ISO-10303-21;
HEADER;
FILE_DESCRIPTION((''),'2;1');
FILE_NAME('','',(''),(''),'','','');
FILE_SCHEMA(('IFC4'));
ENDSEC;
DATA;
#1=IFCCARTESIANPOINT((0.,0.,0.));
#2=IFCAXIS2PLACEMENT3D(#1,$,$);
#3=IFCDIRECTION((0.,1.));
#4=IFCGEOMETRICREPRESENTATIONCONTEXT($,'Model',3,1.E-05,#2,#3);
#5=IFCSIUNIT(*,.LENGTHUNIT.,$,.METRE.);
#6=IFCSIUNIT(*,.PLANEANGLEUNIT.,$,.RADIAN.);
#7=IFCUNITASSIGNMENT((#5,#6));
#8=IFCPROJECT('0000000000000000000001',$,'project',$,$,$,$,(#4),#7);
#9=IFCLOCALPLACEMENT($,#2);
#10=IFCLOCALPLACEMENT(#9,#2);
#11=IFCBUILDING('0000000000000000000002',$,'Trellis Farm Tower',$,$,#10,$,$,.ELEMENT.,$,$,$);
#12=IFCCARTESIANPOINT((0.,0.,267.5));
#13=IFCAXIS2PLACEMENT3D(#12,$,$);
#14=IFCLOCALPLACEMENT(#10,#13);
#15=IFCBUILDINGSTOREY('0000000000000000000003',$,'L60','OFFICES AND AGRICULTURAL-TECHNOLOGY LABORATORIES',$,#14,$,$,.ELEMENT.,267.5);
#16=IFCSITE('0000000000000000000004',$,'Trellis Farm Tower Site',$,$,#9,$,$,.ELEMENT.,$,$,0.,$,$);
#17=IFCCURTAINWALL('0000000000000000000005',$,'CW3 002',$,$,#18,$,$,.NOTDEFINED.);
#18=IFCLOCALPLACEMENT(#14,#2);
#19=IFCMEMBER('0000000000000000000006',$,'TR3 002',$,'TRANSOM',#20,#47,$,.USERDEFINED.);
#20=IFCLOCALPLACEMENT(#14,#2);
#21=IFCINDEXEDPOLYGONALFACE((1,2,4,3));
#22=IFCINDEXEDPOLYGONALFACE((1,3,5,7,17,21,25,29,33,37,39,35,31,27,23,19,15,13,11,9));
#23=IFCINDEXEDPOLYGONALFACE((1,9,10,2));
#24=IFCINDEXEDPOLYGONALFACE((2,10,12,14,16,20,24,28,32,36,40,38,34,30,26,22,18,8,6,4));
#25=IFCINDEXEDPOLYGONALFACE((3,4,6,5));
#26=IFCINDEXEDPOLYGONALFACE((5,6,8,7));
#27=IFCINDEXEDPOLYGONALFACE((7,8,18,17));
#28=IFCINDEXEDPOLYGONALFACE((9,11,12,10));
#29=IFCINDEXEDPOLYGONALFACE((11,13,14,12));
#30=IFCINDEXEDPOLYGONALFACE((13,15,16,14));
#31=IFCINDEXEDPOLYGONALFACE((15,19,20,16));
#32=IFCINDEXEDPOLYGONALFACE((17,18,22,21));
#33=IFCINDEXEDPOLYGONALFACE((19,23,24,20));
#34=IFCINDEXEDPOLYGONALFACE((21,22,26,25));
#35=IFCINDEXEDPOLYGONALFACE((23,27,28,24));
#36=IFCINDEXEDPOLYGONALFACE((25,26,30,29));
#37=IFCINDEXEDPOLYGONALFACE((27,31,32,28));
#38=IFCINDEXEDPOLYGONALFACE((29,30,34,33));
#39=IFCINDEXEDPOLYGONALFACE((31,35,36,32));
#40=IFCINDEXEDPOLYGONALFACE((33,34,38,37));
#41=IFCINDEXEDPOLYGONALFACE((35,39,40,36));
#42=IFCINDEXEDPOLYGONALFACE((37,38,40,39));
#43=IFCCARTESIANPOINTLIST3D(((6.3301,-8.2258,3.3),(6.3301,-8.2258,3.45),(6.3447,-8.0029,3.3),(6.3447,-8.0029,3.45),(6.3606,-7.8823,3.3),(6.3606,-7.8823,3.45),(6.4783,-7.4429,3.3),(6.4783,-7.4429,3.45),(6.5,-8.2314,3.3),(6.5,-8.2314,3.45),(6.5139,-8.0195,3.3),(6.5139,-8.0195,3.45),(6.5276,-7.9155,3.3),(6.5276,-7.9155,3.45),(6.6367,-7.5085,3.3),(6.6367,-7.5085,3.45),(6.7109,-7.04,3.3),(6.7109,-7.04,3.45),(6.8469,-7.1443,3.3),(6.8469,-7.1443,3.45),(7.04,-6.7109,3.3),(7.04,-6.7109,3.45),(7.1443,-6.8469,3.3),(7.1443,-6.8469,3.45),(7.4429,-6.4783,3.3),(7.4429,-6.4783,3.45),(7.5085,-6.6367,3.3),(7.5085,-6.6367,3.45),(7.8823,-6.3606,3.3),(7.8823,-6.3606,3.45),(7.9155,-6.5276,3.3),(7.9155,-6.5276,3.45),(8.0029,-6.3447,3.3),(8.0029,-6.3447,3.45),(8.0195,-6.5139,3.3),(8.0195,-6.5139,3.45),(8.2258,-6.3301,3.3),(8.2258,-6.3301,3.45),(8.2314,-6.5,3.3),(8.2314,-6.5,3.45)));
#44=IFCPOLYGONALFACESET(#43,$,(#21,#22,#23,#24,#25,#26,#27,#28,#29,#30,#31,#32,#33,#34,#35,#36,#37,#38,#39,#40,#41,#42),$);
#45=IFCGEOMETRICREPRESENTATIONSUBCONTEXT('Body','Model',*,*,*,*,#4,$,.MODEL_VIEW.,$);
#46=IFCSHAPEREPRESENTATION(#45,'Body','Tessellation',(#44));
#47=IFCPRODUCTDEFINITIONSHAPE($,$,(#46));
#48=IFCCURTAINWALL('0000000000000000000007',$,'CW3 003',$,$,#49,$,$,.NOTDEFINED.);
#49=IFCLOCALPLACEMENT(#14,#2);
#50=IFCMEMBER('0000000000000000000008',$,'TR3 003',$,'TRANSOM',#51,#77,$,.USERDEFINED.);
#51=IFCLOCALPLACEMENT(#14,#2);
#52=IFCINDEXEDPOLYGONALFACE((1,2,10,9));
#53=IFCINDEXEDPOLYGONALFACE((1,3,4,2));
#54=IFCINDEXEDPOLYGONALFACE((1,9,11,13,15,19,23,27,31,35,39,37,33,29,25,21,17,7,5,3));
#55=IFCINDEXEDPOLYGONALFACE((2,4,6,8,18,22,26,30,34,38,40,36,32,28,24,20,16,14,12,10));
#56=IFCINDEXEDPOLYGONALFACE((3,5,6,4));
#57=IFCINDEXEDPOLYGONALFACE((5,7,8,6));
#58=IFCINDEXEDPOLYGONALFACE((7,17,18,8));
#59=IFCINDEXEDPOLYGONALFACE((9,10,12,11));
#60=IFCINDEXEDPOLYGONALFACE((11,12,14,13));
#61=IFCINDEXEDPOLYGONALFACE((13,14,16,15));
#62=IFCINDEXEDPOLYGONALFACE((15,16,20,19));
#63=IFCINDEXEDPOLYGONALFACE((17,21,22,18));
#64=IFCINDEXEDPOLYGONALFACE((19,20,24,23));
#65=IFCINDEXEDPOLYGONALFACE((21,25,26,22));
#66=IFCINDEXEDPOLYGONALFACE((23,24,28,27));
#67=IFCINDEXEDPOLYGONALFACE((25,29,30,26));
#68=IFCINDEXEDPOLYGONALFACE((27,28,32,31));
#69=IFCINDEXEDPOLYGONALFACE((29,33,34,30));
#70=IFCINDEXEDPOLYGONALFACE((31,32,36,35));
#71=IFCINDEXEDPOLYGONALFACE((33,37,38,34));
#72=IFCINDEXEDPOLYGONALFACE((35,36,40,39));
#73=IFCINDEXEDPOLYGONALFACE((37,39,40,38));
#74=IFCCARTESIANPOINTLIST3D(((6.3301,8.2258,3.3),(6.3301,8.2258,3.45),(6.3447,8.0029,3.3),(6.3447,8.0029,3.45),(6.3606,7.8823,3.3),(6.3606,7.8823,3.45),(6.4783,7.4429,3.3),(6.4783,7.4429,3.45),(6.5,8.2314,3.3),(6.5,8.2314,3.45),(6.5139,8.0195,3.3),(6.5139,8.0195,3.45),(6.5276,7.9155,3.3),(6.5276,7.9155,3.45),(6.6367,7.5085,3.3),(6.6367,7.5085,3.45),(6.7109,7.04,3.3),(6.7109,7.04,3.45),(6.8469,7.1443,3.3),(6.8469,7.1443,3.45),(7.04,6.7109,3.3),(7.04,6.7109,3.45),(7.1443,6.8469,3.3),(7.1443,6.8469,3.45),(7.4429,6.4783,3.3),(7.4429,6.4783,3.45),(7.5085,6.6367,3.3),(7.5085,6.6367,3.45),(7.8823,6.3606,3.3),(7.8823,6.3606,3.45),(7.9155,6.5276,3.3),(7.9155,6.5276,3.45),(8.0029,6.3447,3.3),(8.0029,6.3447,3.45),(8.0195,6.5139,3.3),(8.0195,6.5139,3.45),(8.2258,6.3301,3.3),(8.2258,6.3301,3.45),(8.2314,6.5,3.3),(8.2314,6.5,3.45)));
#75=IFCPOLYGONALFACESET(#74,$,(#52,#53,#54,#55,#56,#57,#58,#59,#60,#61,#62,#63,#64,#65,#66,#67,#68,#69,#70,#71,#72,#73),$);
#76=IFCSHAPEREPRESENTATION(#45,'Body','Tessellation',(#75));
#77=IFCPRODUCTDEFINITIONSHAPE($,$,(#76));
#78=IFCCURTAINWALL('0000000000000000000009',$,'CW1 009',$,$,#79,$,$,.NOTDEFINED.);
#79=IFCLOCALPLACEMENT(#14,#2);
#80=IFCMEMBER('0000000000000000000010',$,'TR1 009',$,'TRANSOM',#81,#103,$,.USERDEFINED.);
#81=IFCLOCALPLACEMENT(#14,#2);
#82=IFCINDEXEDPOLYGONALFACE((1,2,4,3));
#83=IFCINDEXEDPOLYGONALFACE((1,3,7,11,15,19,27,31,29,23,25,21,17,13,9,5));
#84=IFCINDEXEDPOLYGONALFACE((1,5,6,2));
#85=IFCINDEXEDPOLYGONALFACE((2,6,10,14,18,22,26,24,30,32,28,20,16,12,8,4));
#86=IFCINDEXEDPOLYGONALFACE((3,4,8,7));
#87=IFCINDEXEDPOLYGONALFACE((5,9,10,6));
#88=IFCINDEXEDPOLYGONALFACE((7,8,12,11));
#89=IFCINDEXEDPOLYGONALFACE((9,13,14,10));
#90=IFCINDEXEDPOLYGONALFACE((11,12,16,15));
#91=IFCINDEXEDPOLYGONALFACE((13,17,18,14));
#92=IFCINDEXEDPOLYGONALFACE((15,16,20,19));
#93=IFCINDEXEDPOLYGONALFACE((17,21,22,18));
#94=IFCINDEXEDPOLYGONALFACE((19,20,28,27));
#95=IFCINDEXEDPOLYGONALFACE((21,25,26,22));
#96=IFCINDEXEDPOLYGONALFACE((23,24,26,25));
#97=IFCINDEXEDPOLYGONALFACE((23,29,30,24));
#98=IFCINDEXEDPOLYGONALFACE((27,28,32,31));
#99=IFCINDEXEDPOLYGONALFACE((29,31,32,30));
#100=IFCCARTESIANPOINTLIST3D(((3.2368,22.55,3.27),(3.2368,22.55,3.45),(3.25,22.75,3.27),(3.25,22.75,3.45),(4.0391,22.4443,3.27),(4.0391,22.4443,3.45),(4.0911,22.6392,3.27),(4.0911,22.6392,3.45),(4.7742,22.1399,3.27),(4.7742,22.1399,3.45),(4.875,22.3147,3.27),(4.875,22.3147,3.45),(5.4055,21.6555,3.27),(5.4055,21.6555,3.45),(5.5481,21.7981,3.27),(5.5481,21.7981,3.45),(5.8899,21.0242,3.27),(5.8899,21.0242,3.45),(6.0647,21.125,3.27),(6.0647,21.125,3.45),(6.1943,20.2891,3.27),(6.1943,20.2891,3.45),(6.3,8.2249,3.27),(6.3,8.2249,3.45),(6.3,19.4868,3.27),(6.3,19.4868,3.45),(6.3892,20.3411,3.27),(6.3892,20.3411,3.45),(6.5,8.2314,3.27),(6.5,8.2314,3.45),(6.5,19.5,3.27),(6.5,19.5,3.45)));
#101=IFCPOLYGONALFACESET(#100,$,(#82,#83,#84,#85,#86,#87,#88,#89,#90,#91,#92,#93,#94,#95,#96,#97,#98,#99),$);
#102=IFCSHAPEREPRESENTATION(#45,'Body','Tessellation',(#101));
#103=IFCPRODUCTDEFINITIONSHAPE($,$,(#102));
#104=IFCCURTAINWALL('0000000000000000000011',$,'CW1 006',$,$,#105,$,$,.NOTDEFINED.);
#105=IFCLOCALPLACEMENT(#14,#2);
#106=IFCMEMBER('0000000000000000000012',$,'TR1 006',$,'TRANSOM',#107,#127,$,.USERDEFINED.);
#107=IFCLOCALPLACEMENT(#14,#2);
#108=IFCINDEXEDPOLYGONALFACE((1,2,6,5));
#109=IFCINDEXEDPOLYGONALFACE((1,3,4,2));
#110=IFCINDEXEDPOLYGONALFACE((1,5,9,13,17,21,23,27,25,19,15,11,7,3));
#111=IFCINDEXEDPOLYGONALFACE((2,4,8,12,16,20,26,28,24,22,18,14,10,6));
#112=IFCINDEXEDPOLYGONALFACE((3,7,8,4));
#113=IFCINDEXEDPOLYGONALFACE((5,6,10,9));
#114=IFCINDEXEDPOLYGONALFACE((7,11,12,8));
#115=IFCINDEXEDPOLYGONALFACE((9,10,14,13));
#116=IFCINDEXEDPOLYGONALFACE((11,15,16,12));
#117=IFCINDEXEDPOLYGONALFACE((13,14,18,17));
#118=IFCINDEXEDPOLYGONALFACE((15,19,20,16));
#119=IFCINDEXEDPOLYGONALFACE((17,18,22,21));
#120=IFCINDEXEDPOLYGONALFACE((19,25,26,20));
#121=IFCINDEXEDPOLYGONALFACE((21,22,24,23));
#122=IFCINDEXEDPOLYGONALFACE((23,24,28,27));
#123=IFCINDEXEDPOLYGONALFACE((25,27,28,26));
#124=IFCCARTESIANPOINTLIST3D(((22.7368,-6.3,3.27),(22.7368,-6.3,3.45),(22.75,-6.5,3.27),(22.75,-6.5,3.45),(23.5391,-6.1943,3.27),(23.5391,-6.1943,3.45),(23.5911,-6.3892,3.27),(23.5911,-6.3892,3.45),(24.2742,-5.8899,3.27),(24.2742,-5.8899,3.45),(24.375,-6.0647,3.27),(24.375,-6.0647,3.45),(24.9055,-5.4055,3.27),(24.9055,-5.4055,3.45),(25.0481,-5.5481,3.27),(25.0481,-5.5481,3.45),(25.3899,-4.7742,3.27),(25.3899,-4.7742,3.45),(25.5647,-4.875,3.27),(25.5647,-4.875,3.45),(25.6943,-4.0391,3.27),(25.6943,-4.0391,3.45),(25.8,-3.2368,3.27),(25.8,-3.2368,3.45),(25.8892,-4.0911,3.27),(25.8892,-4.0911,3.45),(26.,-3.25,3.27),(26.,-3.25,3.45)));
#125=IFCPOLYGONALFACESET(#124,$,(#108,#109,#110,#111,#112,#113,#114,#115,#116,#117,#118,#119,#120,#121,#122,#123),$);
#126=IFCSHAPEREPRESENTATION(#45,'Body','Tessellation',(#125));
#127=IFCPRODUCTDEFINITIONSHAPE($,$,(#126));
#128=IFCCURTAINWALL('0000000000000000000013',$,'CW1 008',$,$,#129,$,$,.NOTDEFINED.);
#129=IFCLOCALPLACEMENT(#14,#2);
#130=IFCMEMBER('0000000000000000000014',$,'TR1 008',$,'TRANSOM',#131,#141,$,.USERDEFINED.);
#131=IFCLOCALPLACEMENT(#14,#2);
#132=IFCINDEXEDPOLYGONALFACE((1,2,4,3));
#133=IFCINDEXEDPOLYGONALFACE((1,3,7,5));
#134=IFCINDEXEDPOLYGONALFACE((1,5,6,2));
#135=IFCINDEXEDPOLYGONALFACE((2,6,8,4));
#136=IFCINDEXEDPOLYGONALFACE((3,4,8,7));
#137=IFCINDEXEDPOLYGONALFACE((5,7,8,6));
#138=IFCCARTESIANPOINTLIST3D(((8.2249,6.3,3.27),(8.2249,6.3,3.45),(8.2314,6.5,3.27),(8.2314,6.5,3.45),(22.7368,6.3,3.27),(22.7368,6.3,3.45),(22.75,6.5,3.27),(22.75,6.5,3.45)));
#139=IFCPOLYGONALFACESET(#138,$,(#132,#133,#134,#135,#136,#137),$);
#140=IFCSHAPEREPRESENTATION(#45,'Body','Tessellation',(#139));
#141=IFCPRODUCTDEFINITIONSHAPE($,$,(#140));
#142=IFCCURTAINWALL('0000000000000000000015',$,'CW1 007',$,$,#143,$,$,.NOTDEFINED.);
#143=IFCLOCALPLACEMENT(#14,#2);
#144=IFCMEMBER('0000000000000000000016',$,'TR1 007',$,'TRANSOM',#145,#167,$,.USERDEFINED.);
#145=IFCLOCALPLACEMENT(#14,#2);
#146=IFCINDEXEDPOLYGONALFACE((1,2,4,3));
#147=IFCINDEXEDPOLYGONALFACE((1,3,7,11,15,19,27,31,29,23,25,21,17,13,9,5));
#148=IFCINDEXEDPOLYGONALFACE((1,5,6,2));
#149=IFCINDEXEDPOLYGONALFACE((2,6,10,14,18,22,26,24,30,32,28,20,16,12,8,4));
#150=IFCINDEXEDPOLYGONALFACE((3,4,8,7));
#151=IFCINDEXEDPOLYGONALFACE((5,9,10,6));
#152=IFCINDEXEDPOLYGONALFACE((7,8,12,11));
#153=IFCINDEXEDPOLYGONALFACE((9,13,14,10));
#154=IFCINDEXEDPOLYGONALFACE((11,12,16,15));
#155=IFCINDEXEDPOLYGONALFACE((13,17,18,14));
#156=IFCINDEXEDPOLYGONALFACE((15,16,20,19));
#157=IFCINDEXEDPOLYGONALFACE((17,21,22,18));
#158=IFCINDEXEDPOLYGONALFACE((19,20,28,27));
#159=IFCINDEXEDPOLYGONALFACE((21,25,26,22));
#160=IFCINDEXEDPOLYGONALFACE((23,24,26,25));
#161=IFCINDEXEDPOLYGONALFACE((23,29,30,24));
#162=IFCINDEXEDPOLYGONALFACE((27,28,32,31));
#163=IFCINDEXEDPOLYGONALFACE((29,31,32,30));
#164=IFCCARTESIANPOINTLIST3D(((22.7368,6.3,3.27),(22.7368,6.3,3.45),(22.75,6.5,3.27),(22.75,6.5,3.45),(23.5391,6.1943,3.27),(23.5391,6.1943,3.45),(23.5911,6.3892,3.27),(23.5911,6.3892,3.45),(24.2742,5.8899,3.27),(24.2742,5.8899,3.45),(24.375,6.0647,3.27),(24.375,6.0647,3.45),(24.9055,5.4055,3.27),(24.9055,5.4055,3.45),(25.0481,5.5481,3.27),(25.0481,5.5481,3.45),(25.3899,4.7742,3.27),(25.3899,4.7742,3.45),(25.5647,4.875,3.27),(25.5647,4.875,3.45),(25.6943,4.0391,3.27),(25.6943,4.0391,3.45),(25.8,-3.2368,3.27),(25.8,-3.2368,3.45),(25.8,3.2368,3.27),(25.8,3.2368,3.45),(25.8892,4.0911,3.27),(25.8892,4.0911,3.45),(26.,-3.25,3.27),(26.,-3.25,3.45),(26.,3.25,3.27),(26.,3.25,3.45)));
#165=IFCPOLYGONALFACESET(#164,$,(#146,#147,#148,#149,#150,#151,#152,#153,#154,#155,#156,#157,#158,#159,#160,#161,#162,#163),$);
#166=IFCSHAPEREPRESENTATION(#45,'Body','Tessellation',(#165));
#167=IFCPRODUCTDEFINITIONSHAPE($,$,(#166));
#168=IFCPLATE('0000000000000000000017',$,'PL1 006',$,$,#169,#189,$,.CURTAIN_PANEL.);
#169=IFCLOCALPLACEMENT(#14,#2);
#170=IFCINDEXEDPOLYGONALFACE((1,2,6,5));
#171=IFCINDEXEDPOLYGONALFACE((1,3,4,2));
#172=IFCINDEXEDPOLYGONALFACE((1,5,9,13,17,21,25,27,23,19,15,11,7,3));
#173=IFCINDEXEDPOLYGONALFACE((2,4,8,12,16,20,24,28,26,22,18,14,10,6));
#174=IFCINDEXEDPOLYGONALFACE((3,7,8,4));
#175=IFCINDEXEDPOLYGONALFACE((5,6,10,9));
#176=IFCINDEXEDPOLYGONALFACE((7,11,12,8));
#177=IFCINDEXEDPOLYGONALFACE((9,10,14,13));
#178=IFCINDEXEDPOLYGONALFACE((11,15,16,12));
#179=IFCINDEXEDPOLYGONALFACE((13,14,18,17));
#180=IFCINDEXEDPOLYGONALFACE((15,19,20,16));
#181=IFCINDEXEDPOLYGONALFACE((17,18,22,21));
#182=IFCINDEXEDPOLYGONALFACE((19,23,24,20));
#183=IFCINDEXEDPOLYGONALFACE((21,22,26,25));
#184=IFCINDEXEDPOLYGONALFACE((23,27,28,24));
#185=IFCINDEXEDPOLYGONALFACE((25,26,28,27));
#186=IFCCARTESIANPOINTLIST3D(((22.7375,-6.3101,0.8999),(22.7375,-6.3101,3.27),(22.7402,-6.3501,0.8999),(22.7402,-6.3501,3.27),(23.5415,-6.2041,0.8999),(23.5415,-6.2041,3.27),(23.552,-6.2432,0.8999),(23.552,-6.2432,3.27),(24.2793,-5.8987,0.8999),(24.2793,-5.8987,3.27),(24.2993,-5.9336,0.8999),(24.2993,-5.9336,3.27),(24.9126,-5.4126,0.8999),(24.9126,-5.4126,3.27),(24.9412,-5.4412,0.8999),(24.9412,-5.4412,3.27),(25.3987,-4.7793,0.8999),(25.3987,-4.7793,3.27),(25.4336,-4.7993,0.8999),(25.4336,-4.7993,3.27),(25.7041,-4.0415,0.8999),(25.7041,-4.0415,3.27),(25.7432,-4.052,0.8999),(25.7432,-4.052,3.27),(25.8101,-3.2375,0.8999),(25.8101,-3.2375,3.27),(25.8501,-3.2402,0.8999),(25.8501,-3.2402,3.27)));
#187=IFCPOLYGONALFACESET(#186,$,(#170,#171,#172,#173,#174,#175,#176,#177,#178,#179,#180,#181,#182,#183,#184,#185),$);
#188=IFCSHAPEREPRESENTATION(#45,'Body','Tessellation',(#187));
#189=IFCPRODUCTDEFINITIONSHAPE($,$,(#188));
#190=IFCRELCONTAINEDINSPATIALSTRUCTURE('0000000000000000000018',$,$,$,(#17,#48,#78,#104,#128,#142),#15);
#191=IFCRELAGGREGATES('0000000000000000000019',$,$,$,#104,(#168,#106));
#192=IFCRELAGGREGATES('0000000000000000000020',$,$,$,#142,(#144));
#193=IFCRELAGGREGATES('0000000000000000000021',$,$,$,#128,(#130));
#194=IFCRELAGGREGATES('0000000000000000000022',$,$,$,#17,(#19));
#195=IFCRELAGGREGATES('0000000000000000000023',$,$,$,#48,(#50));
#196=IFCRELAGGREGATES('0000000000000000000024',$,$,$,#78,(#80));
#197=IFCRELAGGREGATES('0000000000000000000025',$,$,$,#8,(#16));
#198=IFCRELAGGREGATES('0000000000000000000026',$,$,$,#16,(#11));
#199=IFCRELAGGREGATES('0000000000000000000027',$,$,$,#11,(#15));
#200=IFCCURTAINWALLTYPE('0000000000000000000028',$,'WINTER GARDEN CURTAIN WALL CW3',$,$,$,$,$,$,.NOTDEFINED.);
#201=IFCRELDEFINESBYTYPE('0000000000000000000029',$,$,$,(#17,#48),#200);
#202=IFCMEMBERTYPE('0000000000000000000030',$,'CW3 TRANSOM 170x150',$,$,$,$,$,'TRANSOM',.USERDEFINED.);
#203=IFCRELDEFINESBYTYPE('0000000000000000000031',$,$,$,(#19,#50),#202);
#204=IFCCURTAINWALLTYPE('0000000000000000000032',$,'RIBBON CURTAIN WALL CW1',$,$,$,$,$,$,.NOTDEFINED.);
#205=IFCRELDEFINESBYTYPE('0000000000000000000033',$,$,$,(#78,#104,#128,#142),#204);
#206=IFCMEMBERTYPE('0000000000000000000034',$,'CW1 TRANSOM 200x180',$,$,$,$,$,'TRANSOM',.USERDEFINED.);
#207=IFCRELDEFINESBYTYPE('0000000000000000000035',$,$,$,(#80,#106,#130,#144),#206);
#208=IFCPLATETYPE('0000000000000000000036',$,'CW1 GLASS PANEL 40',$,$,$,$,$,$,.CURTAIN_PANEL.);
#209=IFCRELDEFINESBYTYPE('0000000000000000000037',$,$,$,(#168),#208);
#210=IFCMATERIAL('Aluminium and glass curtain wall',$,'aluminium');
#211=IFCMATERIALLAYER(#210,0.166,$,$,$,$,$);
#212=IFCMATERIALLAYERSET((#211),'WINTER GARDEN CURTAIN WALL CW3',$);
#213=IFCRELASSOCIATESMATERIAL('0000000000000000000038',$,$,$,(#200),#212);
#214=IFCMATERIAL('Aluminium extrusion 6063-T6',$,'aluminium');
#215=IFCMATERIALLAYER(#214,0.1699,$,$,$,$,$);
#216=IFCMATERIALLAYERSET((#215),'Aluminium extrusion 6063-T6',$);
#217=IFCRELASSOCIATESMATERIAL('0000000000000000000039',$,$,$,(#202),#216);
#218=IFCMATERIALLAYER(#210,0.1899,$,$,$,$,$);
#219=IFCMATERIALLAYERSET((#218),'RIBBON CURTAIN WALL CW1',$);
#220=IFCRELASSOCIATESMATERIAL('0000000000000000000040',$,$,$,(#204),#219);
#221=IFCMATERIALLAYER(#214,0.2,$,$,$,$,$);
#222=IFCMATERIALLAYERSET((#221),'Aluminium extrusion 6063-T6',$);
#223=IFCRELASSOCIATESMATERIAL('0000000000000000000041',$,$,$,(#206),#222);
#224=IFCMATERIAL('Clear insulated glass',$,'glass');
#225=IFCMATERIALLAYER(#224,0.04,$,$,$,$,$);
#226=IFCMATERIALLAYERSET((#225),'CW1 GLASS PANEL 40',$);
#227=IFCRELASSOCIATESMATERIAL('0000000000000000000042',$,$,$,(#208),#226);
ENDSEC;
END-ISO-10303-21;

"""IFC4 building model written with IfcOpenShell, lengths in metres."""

from ifc_helpers import new_model, si_unit, direction, frame, origin, place, context, subcontext, project, spatial, polyline, outline, extrude, source, transform, mapped, material, layer, layer_set, type_object, element, aggregate, save


model = new_model("IFC4")

# Units and contexts
model_context = context("Model", 3, precision=1e-05, world=origin(), true_north=direction((0.0, 1.0)))
body_context = subcontext(model_context, "Body", "Model", "MODEL_VIEW")
ifc_project = project(units=[si_unit("LENGTHUNIT", "METRE"), si_unit("PLANEANGLEUNIT", "RADIAN")], contexts=[model_context])

# Site, building, storey
site_placement = place(None, origin())
site = spatial("IfcSite", under=ifc_project, at=site_placement, Name="Trellis Farm Tower Site", CompositionType="ELEMENT", RefElevation=0.0)
building_placement = place(site_placement, origin())
building = spatial("IfcBuilding", under=site, at=building_placement, Name="Trellis Farm Tower", CompositionType="ELEMENT")
storey_placement = place(building_placement, frame((0.0, 0.0, 267.5)))
storey = spatial("IfcBuildingStorey", under=building, at=storey_placement, Name="L60", Description="OFFICES AND AGRICULTURAL-TECHNOLOGY LABORATORIES", CompositionType="ELEMENT", Elevation=267.5)

# Curtain walls, members
ifc_material_1 = material(Name="Aluminium and glass curtain wall", Category="aluminium")
ifc_layer_1 = layer(ifc_material_1, 0.166)
ifc_layer_set_1 = layer_set([ifc_layer_1], Name="WINTER GARDEN CURTAIN WALL CW3")
curtain_wall_type_1 = type_object("IfcCurtainWallType", Name="WINTER GARDEN CURTAIN WALL CW3", PredefinedType="NOTDEFINED", material=ifc_layer_set_1)
placement_1 = place(storey_placement, origin())
curtain_wall_1 = element("IfcCurtainWall", 1, at=placement_1, inside=storey, type_object=curtain_wall_type_1, Name="CW3 002", PredefinedType="NOTDEFINED")
ifc_material_2 = material(Name="Aluminium extrusion 6063-T6", Category="aluminium")
ifc_layer_2 = layer(ifc_material_2, 0.1699)
ifc_layer_set_2 = layer_set([ifc_layer_2], Name="Aluminium extrusion 6063-T6")
member_type_1 = type_object("IfcMemberType", Name="CW3 TRANSOM 170x150", ElementType="TRANSOM", PredefinedType="USERDEFINED", material=ifc_layer_set_2)
shared_shape_1 = source(origin(), body_context, "Body", "SweptSolid", [
    extrude(outline(polyline([(6.5, -8.2314), (6.5139, -8.0195), (6.5276, -7.9155), (6.6367, -7.5085), (6.8469, -7.1443), (7.1443, -6.8469), (7.5085, -6.6367), (7.9155, -6.5276), (8.0195, -6.5139), (8.2314, -6.5), (8.2258, -6.3301), (8.0029, -6.3447), (7.8823, -6.3606), (7.4429, -6.4783), (7.04, -6.7109), (6.7109, -7.04), (6.4783, -7.4429), (6.3606, -7.8823), (6.3447, -8.0029), (6.3301, -8.2258), (6.5, -8.2314)])), origin(), (0.0, 0.0, 1.0), 0.1499),
])
placement_2 = place(storey_placement, frame((0.0, 0.0, 3.3)))
member_1 = element("IfcMember", 2, at=placement_2, type_object=member_type_1, Name="TR3 002", ObjectType="TRANSOM", PredefinedType="USERDEFINED", context=body_context, shape_type="MappedRepresentation", body=[
    mapped(shared_shape_1, transform((0.0, 0.0, 0.0))),
])
curtain_wall_2 = element("IfcCurtainWall", 3, at=placement_1, inside=storey, type_object=curtain_wall_type_1, Name="CW3 003", PredefinedType="NOTDEFINED")
shared_shape_2 = source(origin(), body_context, "Body", "SweptSolid", [
    extrude(outline(polyline([(8.2314, 6.5), (8.0195, 6.5139), (7.9155, 6.5276), (7.5085, 6.6367), (7.1443, 6.8469), (6.8469, 7.1443), (6.6367, 7.5085), (6.5276, 7.9155), (6.5139, 8.0195), (6.5, 8.2314), (6.3301, 8.2258), (6.3447, 8.0029), (6.3606, 7.8823), (6.4783, 7.4429), (6.7109, 7.04), (7.04, 6.7109), (7.4429, 6.4783), (7.8823, 6.3606), (8.0029, 6.3447), (8.2258, 6.3301), (8.2314, 6.5)])), origin(), (0.0, 0.0, 1.0), 0.1499),
])
member_2 = element("IfcMember", 4, at=placement_2, type_object=member_type_1, Name="TR3 003", ObjectType="TRANSOM", PredefinedType="USERDEFINED", context=body_context, shape_type="MappedRepresentation", body=[
    mapped(shared_shape_2, transform((0.0, 0.0, 0.0))),
])
ifc_layer_3 = layer(ifc_material_1, 0.1899)
ifc_layer_set_3 = layer_set([ifc_layer_3], Name="RIBBON CURTAIN WALL CW1")
curtain_wall_type_2 = type_object("IfcCurtainWallType", Name="RIBBON CURTAIN WALL CW1", PredefinedType="NOTDEFINED", material=ifc_layer_set_3)
curtain_wall_3 = element("IfcCurtainWall", 5, at=placement_1, inside=storey, type_object=curtain_wall_type_2, Name="CW1 009", PredefinedType="NOTDEFINED")
ifc_layer_4 = layer(ifc_material_2, 0.2)
ifc_layer_set_4 = layer_set([ifc_layer_4], Name="Aluminium extrusion 6063-T6")
member_type_2 = type_object("IfcMemberType", Name="CW1 TRANSOM 200x180", ElementType="TRANSOM", PredefinedType="USERDEFINED", material=ifc_layer_set_4)
shared_shape_3 = source(origin(), body_context, "Body", "SweptSolid", [
    extrude(outline(polyline([(6.5, 8.2314), (6.5, 19.5), (6.3892, 20.3411), (6.0647, 21.125), (5.5481, 21.7981), (4.875, 22.3147), (4.0911, 22.6392), (3.25, 22.75), (3.2368, 22.55), (4.0391, 22.4443), (4.7742, 22.1399), (5.4055, 21.6555), (5.8899, 21.0242), (6.1943, 20.2891), (6.3, 19.4868), (6.3, 8.2249), (6.5, 8.2314)])), origin(), (0.0, 0.0, 1.0), 0.1799),
])
placement_3 = place(storey_placement, frame((0.0, 0.0, 3.27)))
member_3 = element("IfcMember", 6, at=placement_3, type_object=member_type_2, Name="TR1 009", ObjectType="TRANSOM", PredefinedType="USERDEFINED", context=body_context, shape_type="MappedRepresentation", body=[
    mapped(shared_shape_3, transform((0.0, 0.0, 0.0))),
])
curtain_wall_4 = element("IfcCurtainWall", 7, at=placement_1, inside=storey, type_object=curtain_wall_type_2, Name="CW1 006", PredefinedType="NOTDEFINED")
shared_shape_4 = source(origin(), body_context, "Body", "SweptSolid", [
    extrude(outline(polyline([(22.75, -6.5), (23.5911, -6.3892), (24.375, -6.0647), (25.0481, -5.5481), (25.5647, -4.875), (25.8892, -4.0911), (26.0, -3.25), (25.8, -3.2368), (25.6943, -4.0391), (25.3899, -4.7742), (24.9055, -5.4055), (24.2742, -5.8899), (23.5391, -6.1943), (22.7368, -6.3), (22.75, -6.5)])), origin(), (0.0, 0.0, 1.0), 0.1799),
])
member_4 = element("IfcMember", 8, at=placement_3, type_object=member_type_2, Name="TR1 006", ObjectType="TRANSOM", PredefinedType="USERDEFINED", context=body_context, shape_type="MappedRepresentation", body=[
    mapped(shared_shape_4, transform((0.0, 0.0, 0.0))),
])
curtain_wall_5 = element("IfcCurtainWall", 9, at=placement_1, inside=storey, type_object=curtain_wall_type_2, Name="CW1 008", PredefinedType="NOTDEFINED")
shared_shape_5 = source(origin(), body_context, "Body", "SweptSolid", [
    extrude(outline(polyline([(22.75, 6.5), (8.2314, 6.5), (8.2249, 6.3), (22.7368, 6.3), (22.75, 6.5)])), origin(), (0.0, 0.0, 1.0), 0.1799),
])
member_5 = element("IfcMember", 10, at=placement_3, type_object=member_type_2, Name="TR1 008", ObjectType="TRANSOM", PredefinedType="USERDEFINED", context=body_context, shape_type="MappedRepresentation", body=[
    mapped(shared_shape_5, transform((0.0, 0.0, 0.0))),
])
curtain_wall_6 = element("IfcCurtainWall", 11, at=placement_1, inside=storey, type_object=curtain_wall_type_2, Name="CW1 007", PredefinedType="NOTDEFINED")
shared_shape_6 = source(origin(), body_context, "Body", "SweptSolid", [
    extrude(outline(polyline([(26.0, -3.25), (26.0, 3.25), (25.8892, 4.0911), (25.5647, 4.875), (25.0481, 5.5481), (24.375, 6.0647), (23.5911, 6.3892), (22.75, 6.5), (22.7368, 6.3), (23.5391, 6.1943), (24.2742, 5.8899), (24.9055, 5.4055), (25.3899, 4.7742), (25.6943, 4.0391), (25.8, 3.2368), (25.8, -3.2368), (26.0, -3.25)])), origin(), (0.0, 0.0, 1.0), 0.1799),
])
member_6 = element("IfcMember", 12, at=placement_3, type_object=member_type_2, Name="TR1 007", ObjectType="TRANSOM", PredefinedType="USERDEFINED", context=body_context, shape_type="MappedRepresentation", body=[
    mapped(shared_shape_6, transform((0.0, 0.0, 0.0))),
])

# Plate
ifc_material_3 = material(Name="Clear insulated glass", Category="glass")
ifc_layer_5 = layer(ifc_material_3, 0.04)
ifc_layer_set_5 = layer_set([ifc_layer_5], Name="CW1 GLASS PANEL 40")
plate_type_1 = type_object("IfcPlateType", Name="CW1 GLASS PANEL 40", PredefinedType="CURTAIN_PANEL", material=ifc_layer_set_5)
placement_4 = place(storey_placement, frame((0.0, 0.0, 0.8999)))
plate_1 = element("IfcPlate", 13, at=placement_4, type_object=plate_type_1, Name="PL1 006", PredefinedType="CURTAIN_PANEL", context=body_context, shape_type="SweptSolid", body=[
    extrude(outline(polyline([(22.7402, -6.3501), (23.552, -6.2432), (24.2993, -5.9336), (24.9412, -5.4412), (25.4336, -4.7993), (25.7432, -4.052), (25.8501, -3.2402), (25.8101, -3.2375), (25.7041, -4.0415), (25.3987, -4.7793), (24.9126, -5.4126), (24.2793, -5.8987), (23.5415, -6.2041), (22.7375, -6.3101), (22.7402, -6.3501)])), origin(), (0.0, 0.0, 1.0), 2.3701),
])
aggregate(curtain_wall_4, [plate_1, member_4])
aggregate(curtain_wall_6, [member_6])
aggregate(curtain_wall_5, [member_5])
aggregate(curtain_wall_1, [member_1])
aggregate(curtain_wall_2, [member_2])
aggregate(curtain_wall_3, [member_3])

save(model, "model.ifc")
